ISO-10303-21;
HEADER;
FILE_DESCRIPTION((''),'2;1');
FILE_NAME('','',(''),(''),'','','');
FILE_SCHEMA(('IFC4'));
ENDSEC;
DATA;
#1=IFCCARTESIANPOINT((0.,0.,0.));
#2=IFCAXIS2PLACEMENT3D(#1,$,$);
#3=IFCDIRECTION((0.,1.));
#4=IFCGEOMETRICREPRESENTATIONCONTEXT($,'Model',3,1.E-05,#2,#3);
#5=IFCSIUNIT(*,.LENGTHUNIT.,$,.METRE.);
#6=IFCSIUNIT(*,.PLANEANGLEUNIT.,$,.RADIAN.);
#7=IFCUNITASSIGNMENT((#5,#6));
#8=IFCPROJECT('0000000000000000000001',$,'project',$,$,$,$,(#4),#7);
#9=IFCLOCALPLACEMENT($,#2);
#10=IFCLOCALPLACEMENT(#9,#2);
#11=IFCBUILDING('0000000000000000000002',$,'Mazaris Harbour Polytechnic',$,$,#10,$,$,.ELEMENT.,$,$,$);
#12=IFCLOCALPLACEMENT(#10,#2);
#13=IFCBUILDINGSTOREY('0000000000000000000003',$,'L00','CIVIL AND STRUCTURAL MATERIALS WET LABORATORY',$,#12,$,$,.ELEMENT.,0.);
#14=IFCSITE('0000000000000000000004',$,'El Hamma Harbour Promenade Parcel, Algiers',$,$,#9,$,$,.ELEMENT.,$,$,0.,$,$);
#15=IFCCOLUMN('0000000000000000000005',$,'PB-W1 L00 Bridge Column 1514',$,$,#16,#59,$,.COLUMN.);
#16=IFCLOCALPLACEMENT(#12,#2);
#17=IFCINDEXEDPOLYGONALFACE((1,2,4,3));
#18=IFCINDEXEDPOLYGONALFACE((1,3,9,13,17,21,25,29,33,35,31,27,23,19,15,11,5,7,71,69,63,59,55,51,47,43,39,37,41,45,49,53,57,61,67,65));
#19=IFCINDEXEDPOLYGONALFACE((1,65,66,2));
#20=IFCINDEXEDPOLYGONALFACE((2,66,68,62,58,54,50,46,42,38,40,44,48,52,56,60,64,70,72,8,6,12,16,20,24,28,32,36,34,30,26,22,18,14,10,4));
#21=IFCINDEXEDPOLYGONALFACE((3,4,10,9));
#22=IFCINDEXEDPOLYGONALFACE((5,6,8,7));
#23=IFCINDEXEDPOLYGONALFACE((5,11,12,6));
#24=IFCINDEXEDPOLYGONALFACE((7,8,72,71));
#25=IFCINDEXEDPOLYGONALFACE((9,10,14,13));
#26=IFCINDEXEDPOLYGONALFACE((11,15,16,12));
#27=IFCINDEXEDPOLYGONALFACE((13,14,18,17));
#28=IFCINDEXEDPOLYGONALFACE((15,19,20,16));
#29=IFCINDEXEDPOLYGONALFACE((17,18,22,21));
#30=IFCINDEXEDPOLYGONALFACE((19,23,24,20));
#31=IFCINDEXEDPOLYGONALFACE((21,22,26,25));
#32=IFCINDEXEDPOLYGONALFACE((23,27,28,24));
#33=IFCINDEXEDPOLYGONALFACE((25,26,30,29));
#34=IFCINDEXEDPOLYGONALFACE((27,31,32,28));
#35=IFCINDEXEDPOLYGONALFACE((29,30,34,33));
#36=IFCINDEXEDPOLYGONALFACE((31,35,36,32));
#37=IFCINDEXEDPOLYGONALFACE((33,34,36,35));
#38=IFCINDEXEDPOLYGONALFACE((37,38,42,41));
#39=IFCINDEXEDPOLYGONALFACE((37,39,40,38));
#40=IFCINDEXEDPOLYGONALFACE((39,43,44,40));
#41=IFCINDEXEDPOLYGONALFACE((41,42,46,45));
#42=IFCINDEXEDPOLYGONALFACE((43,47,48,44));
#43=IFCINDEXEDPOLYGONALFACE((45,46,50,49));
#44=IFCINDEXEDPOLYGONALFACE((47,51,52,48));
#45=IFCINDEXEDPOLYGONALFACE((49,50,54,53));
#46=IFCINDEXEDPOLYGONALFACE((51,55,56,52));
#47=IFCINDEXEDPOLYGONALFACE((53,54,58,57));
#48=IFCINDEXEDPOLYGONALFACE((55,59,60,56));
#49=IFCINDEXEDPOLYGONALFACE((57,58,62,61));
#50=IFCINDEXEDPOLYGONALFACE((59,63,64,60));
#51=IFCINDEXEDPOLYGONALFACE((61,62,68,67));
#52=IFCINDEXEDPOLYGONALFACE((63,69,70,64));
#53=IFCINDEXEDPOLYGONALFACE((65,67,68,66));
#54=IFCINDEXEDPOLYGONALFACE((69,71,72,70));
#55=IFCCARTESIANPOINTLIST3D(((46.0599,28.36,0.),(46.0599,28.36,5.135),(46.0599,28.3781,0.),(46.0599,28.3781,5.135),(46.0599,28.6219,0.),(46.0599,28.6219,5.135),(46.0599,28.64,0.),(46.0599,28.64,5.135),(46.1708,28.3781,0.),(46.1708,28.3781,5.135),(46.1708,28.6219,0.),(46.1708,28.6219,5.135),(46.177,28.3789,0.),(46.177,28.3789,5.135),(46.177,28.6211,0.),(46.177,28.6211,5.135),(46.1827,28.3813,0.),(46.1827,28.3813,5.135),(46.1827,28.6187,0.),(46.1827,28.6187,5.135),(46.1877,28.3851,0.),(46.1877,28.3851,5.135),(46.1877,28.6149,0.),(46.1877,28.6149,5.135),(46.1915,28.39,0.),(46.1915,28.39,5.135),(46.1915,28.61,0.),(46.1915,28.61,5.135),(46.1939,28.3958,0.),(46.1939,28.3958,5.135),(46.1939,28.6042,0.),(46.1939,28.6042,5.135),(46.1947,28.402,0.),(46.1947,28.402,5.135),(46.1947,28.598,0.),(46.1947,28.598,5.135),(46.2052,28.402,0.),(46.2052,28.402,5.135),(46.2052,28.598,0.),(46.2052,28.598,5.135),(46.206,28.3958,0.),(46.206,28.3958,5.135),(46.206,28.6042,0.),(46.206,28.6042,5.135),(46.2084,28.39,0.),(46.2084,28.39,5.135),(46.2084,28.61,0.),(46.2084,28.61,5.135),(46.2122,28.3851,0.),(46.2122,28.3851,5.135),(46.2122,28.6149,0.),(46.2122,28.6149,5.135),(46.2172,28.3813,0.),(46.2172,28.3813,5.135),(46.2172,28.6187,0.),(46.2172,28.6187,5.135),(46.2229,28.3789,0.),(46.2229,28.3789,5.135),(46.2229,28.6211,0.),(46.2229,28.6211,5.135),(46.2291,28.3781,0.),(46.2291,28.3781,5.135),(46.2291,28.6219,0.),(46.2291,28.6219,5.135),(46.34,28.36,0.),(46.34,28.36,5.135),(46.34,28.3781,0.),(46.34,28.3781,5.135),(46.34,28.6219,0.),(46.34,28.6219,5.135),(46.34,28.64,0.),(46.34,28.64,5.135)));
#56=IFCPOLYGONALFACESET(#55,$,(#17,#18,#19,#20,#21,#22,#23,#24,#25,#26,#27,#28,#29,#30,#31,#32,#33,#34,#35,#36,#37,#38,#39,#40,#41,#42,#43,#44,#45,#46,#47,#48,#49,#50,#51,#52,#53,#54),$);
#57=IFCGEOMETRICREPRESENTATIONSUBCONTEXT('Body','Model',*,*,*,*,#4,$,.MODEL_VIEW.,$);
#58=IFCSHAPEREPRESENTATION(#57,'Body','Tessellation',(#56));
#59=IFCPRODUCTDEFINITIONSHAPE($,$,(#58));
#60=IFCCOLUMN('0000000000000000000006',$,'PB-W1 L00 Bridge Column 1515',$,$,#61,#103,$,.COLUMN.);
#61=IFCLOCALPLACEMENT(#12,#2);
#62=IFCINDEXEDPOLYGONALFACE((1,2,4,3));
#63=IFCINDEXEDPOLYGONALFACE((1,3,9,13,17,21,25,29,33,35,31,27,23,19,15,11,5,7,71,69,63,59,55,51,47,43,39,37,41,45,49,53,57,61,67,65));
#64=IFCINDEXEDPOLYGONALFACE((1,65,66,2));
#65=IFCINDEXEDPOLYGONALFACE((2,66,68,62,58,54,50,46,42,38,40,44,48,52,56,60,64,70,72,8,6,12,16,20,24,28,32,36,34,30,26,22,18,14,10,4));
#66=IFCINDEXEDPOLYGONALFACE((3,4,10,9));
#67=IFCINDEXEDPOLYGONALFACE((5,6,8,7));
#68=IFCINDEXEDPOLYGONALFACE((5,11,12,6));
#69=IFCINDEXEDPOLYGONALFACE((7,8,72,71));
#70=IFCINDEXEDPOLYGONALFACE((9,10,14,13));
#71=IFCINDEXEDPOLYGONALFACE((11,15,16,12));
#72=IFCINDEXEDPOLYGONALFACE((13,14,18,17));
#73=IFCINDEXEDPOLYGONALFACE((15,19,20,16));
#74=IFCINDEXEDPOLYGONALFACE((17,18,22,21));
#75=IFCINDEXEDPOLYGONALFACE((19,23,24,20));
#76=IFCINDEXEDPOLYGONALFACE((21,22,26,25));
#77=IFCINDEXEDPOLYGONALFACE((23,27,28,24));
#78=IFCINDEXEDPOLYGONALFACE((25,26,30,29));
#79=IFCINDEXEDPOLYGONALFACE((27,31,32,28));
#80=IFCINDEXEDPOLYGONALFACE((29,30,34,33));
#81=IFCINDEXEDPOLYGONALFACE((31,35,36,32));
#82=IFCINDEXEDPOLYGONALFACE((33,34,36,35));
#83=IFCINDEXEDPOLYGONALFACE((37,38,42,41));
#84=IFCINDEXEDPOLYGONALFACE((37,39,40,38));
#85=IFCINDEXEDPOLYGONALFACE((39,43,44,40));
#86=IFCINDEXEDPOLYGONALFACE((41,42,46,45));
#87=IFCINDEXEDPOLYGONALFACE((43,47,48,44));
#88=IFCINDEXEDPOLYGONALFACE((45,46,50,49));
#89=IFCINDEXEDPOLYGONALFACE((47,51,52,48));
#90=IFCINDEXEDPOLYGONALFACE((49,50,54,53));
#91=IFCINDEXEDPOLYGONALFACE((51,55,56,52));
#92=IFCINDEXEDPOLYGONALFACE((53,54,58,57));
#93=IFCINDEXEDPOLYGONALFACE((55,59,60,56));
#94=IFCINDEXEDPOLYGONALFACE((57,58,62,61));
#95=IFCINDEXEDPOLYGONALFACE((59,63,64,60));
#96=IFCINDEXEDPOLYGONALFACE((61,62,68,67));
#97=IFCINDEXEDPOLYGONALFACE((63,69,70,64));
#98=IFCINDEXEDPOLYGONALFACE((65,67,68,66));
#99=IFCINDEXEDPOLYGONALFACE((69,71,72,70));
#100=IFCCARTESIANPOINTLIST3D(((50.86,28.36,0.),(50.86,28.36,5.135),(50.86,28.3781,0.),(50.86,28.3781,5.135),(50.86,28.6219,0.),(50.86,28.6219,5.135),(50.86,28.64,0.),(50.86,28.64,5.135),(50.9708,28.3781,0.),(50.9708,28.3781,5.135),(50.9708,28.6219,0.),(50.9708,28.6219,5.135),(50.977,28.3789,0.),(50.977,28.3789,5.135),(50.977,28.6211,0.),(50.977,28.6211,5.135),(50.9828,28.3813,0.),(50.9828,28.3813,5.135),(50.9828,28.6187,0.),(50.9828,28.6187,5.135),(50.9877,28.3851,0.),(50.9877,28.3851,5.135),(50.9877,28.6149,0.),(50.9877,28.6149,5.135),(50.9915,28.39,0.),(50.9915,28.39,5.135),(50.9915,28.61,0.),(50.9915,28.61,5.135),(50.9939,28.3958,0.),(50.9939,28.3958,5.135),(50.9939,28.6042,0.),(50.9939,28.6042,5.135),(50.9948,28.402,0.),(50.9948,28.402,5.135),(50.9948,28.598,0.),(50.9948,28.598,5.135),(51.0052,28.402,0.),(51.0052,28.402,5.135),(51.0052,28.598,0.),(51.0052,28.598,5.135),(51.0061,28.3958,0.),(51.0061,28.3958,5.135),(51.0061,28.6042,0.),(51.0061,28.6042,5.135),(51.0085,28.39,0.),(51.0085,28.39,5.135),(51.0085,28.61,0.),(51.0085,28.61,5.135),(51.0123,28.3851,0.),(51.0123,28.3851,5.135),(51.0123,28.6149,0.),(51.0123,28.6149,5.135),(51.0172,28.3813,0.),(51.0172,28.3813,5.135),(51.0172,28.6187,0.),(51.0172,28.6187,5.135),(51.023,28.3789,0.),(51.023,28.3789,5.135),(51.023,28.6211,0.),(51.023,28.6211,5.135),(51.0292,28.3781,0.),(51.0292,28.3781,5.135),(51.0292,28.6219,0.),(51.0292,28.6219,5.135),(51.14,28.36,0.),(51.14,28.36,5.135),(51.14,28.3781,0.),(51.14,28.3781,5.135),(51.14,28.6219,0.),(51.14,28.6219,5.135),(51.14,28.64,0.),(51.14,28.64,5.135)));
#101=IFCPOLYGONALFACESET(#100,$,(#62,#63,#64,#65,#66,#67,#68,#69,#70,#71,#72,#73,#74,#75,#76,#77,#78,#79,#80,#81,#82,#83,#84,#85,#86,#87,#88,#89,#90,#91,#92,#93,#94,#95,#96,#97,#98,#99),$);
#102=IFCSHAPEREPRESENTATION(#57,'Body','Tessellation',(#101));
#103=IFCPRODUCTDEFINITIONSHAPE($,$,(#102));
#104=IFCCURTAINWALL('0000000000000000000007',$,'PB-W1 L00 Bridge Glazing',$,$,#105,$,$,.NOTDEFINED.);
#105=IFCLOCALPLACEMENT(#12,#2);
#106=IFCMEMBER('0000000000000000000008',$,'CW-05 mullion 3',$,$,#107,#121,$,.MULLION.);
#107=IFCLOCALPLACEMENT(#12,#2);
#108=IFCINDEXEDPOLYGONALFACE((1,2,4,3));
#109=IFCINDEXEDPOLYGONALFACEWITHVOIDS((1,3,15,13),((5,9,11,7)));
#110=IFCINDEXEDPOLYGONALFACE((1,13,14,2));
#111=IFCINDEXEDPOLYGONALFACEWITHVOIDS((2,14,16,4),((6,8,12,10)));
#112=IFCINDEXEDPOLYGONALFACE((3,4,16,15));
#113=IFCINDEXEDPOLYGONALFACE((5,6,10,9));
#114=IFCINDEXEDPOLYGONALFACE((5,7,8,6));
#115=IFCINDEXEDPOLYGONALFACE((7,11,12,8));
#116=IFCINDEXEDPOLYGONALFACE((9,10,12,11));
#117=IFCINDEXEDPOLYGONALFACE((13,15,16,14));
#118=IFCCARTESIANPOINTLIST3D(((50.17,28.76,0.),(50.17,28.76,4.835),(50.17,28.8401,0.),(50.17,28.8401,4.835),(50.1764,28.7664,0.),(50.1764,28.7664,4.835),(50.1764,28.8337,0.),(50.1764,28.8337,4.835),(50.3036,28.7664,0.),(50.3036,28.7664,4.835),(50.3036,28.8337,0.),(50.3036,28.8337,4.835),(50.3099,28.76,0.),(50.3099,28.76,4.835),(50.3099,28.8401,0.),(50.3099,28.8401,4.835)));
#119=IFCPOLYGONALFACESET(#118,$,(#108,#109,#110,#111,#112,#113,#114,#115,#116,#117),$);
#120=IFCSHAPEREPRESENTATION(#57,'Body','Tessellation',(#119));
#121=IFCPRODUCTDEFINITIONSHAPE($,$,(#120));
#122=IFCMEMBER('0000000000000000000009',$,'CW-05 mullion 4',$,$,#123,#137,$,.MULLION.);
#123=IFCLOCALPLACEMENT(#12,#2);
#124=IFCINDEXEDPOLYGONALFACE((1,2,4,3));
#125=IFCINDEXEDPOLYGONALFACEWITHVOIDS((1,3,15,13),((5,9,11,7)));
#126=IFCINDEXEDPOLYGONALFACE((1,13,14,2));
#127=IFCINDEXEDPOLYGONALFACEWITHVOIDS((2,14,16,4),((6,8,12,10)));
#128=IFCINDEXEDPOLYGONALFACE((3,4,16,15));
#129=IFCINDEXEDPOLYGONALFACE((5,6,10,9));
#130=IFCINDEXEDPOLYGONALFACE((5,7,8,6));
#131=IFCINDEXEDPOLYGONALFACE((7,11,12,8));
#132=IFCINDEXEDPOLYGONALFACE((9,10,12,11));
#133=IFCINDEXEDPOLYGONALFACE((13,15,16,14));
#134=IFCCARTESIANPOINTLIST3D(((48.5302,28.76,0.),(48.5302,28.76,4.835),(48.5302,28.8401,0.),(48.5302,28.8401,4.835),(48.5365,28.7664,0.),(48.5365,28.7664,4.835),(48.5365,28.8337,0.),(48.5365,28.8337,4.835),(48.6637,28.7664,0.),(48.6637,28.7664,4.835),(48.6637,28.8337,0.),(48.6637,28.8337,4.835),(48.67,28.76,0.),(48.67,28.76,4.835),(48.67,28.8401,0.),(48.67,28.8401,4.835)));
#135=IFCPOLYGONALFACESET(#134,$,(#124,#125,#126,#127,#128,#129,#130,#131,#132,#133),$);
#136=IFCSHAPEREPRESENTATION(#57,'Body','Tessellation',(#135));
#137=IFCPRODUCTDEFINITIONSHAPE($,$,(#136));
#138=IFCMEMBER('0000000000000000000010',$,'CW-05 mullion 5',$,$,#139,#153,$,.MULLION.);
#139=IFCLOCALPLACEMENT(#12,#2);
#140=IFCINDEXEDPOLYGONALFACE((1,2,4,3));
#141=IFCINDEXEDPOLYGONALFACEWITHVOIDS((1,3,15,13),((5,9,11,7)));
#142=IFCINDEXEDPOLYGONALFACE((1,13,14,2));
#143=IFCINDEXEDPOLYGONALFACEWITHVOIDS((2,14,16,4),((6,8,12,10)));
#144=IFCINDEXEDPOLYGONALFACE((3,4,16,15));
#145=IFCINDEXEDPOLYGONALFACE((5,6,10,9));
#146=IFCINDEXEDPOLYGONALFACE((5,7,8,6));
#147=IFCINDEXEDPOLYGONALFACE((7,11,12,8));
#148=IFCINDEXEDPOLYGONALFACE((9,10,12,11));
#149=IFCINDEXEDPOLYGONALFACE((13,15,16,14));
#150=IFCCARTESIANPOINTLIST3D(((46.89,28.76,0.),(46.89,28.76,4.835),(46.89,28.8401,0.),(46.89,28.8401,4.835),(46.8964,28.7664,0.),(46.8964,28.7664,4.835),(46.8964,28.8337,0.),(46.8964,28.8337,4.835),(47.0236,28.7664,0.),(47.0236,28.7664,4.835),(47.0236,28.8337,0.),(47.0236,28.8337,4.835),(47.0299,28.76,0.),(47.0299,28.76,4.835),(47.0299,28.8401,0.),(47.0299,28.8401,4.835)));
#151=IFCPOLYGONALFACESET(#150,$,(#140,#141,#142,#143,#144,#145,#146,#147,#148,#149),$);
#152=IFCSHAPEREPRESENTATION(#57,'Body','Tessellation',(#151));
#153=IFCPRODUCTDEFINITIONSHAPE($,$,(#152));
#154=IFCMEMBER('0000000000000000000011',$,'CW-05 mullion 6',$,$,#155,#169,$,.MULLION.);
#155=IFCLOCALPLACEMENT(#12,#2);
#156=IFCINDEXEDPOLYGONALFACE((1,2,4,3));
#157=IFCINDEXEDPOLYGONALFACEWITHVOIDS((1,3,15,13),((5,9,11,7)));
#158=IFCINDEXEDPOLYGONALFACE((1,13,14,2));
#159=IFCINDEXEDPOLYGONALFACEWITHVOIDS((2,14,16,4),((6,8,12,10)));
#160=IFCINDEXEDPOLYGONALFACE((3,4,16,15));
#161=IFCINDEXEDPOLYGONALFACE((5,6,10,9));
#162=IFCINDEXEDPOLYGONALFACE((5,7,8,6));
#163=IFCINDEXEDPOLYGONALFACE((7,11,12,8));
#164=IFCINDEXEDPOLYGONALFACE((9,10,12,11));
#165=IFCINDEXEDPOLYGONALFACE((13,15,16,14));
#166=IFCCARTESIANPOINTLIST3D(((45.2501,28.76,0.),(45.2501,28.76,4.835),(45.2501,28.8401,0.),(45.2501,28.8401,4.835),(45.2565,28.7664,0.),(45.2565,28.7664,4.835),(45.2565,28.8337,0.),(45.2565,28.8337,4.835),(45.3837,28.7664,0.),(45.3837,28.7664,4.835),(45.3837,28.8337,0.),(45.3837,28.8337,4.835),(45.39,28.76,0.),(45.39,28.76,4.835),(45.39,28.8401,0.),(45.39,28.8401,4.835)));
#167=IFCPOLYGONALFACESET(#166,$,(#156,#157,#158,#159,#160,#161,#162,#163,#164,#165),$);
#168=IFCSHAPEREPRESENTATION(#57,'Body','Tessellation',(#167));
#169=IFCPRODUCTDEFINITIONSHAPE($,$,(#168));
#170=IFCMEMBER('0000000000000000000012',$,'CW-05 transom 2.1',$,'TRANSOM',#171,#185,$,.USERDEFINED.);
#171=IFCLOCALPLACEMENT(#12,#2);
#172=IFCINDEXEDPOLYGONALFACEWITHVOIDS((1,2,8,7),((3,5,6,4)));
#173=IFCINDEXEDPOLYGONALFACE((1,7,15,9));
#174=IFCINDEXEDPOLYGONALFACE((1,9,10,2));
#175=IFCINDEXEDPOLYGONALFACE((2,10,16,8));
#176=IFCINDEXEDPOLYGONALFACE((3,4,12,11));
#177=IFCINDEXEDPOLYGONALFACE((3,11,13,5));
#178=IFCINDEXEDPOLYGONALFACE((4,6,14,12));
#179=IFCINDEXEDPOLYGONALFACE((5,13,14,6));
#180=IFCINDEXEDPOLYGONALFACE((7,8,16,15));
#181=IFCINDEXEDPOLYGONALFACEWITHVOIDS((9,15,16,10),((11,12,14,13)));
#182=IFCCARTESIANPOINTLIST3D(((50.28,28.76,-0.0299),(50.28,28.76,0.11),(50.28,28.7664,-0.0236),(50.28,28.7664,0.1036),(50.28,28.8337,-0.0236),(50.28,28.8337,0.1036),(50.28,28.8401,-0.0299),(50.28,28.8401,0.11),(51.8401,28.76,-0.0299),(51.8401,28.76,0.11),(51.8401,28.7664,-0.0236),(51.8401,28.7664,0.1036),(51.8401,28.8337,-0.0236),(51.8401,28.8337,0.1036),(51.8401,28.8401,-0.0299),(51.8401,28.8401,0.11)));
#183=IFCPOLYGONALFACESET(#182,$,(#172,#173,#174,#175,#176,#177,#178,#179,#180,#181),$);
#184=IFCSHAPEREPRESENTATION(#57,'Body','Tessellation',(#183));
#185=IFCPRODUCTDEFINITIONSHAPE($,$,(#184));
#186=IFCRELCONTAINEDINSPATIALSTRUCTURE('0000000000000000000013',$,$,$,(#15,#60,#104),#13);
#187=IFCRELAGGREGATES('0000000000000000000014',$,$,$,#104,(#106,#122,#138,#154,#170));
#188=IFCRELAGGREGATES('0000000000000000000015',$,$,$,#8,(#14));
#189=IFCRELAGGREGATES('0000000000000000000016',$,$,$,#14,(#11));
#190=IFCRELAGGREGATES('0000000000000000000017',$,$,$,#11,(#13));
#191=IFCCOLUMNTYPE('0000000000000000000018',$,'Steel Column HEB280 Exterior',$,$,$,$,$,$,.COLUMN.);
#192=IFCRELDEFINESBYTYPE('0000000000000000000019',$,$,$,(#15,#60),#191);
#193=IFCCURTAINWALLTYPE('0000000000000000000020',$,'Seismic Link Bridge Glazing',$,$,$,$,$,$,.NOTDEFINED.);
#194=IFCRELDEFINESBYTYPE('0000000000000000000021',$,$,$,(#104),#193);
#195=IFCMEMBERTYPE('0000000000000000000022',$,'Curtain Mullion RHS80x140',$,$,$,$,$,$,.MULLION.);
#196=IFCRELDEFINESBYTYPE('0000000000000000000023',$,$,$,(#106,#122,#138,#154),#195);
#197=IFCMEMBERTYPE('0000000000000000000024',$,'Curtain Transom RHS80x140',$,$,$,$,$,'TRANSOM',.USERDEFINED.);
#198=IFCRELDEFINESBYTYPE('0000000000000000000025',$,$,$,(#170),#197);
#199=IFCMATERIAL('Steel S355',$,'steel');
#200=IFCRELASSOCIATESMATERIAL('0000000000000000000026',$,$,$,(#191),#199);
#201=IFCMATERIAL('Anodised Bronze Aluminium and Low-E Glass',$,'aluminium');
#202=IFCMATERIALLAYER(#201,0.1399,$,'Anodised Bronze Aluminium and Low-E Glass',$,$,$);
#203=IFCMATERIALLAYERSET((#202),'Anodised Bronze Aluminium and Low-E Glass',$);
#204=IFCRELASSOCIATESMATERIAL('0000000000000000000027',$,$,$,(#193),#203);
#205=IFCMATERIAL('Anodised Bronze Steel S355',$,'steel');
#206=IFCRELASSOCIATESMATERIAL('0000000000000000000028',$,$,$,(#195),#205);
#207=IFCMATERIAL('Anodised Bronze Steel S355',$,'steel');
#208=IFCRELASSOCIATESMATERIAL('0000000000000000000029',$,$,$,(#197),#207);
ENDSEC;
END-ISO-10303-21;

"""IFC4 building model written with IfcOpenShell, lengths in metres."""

from ifc_helpers import new_model, si_unit, direction, frame, origin, origin_2d, place, context, subcontext, project, spatial, hollow_rectangle, i_section, extrude, material, layer, layer_set, material_profile, profile_set, type_object, element, aggregate, save


model = new_model("IFC4")

# Units and contexts
model_context = context("Model", 3, precision=1e-05, world=origin(), true_north=direction((0.0, 1.0)))
body_context = subcontext(model_context, "Body", "Model", "MODEL_VIEW")
ifc_project = project(units=[si_unit("LENGTHUNIT", "METRE"), si_unit("PLANEANGLEUNIT", "RADIAN")], contexts=[model_context])

# Site, building, storey
site_placement = place(None, origin())
site = spatial("IfcSite", under=ifc_project, at=site_placement, Name="El Hamma Harbour Promenade Parcel, Algiers", CompositionType="ELEMENT", RefElevation=0.0)
building_placement = place(site_placement, origin())
building = spatial("IfcBuilding", under=site, at=building_placement, Name="Mazaris Harbour Polytechnic", CompositionType="ELEMENT")
storey_placement = place(building_placement, origin())
storey = spatial("IfcBuildingStorey", under=building, at=storey_placement, Name="L00", Description="CIVIL AND STRUCTURAL MATERIALS WET LABORATORY", CompositionType="ELEMENT", Elevation=0.0)

# Columns
ifc_material_1 = material(Name="Steel S355", Category="steel")
ifc_material_profile_1 = material_profile(ifc_material_1, i_section(OverallWidth=0.28, OverallDepth=0.28, WebThickness=0.0105, FlangeThickness=0.0181, FilletRadius=0.0239, at=origin_2d()), Name="HEB 280")
ifc_profile_set_1 = profile_set([ifc_material_profile_1], Name="Steel S355")
column_type = type_object("IfcColumnType", Name="Steel Column HEB280 Exterior", PredefinedType="COLUMN", material=ifc_profile_set_1)
for number, where, z_axis, x_axis, name in (
    (1, (46.2, 28.5, 0.0), (0.0, 0.0, 1.0), (1.0, 0.0, 0.0), "PB-W1 L00 Bridge Column 1514"),
    (2, (51.0, 28.5, 0.0), (0.0, 0.0, 1.0), (1.0, 0.0, 0.0), "PB-W1 L00 Bridge Column 1515"),
):
    element("IfcColumn", number, at=place(storey_placement, frame(where, z_axis=z_axis, x_axis=x_axis)), inside=storey, type_object=column_type, Name=name, PredefinedType="COLUMN", context=body_context, shape_type="SweptSolid", body=[
        extrude(i_section(OverallWidth=0.28, OverallDepth=0.28, WebThickness=0.0105, FlangeThickness=0.0181, FilletRadius=0.0239, at=origin_2d()), origin(), (0.0, 0.0, 1.0), 5.135),
    ])

# Curtain wall, members
ifc_material_2 = material(Name="Anodised Bronze Aluminium and Low-E Glass", Category="aluminium")
ifc_layer_1 = layer(ifc_material_2, 0.1399, Name="Anodised Bronze Aluminium and Low-E Glass")
ifc_layer_set_1 = layer_set([ifc_layer_1], Name="Anodised Bronze Aluminium and Low-E Glass")
curtain_wall_type = type_object("IfcCurtainWallType", Name="Seismic Link Bridge Glazing", PredefinedType="NOTDEFINED", material=ifc_layer_set_1)
curtain_wall_placement = place(storey_placement, origin())
curtain_wall = element("IfcCurtainWall", 3, at=curtain_wall_placement, inside=storey, type_object=curtain_wall_type, Name="PB-W1 L00 Bridge Glazing", PredefinedType="NOTDEFINED")
ifc_material_3 = material(Name="Anodised Bronze Steel S355", Category="steel")
ifc_material_profile_2 = material_profile(ifc_material_3, hollow_rectangle(XDim=0.0801, YDim=0.1399, WallThickness=0.0063, at=origin_2d()), Name="RHS 80x140x6.3")
ifc_profile_set_2 = profile_set([ifc_material_profile_2], Name="Anodised Bronze Steel S355")
member_type_1 = type_object("IfcMemberType", Name="Curtain Mullion RHS80x140", PredefinedType="MULLION", material=ifc_profile_set_2)
member_1_placement = place(storey_placement, frame((50.24, 28.8, 0.0), z_axis=(0.0, 0.0, 1.0), x_axis=(0.0, -1.0, 0.0)))
member_1 = element("IfcMember", 4, at=member_1_placement, type_object=member_type_1, Name="CW-05 mullion 3", PredefinedType="MULLION", context=body_context, shape_type="SweptSolid", body=[
    extrude(hollow_rectangle(XDim=0.0801, YDim=0.1399, WallThickness=0.0063, at=origin_2d()), origin(), (0.0, 0.0, 1.0), 4.835),
])
member_2_placement = place(storey_placement, frame((48.6001, 28.8, 0.0), z_axis=(0.0, 0.0, 1.0), x_axis=(0.0, -1.0, 0.0)))
member_2 = element("IfcMember", 5, at=member_2_placement, type_object=member_type_1, Name="CW-05 mullion 4", PredefinedType="MULLION", context=body_context, shape_type="SweptSolid", body=[
    extrude(hollow_rectangle(XDim=0.0801, YDim=0.1399, WallThickness=0.0063, at=origin_2d()), origin(), (0.0, 0.0, 1.0), 4.835),
])
member_3_placement = place(storey_placement, frame((46.96, 28.8, 0.0), z_axis=(0.0, 0.0, 1.0), x_axis=(0.0, -1.0, 0.0)))
member_3 = element("IfcMember", 6, at=member_3_placement, type_object=member_type_1, Name="CW-05 mullion 5", PredefinedType="MULLION", context=body_context, shape_type="SweptSolid", body=[
    extrude(hollow_rectangle(XDim=0.0801, YDim=0.1399, WallThickness=0.0063, at=origin_2d()), origin(), (0.0, 0.0, 1.0), 4.835),
])
member_4_placement = place(storey_placement, frame((45.3201, 28.8, 0.0), z_axis=(0.0, 0.0, 1.0), x_axis=(0.0, -1.0, 0.0)))
member_4 = element("IfcMember", 7, at=member_4_placement, type_object=member_type_1, Name="CW-05 mullion 6", PredefinedType="MULLION", context=body_context, shape_type="SweptSolid", body=[
    extrude(hollow_rectangle(XDim=0.0801, YDim=0.1399, WallThickness=0.0063, at=origin_2d()), origin(), (0.0, 0.0, 1.0), 4.835),
])
ifc_material_4 = material(Name="Anodised Bronze Steel S355", Category="steel")
ifc_material_profile_3 = material_profile(ifc_material_4, hollow_rectangle(XDim=0.0801, YDim=0.1399, WallThickness=0.0063, at=origin_2d()), Name="RHS 80x140x6.3")
ifc_profile_set_3 = profile_set([ifc_material_profile_3], Name="Anodised Bronze Steel S355")
member_type_2 = type_object("IfcMemberType", Name="Curtain Transom RHS80x140", ElementType="TRANSOM", PredefinedType="USERDEFINED", material=ifc_profile_set_3)
member_5_placement = place(storey_placement, frame((51.8401, 28.8, 0.04), z_axis=(-1.0, 0.0, 0.0), x_axis=(0.0, -1.0, 0.0)))
member_5 = element("IfcMember", 8, at=member_5_placement, type_object=member_type_2, Name="CW-05 transom 2.1", ObjectType="TRANSOM", PredefinedType="USERDEFINED", context=body_context, shape_type="SweptSolid", body=[
    extrude(hollow_rectangle(XDim=0.0801, YDim=0.1399, WallThickness=0.0063, at=origin_2d()), origin(), (0.0, 0.0, 1.0), 1.5601),
])

aggregate(curtain_wall, [member_1, member_2, member_3, member_4, member_5])

save(model, "model.ifc")
